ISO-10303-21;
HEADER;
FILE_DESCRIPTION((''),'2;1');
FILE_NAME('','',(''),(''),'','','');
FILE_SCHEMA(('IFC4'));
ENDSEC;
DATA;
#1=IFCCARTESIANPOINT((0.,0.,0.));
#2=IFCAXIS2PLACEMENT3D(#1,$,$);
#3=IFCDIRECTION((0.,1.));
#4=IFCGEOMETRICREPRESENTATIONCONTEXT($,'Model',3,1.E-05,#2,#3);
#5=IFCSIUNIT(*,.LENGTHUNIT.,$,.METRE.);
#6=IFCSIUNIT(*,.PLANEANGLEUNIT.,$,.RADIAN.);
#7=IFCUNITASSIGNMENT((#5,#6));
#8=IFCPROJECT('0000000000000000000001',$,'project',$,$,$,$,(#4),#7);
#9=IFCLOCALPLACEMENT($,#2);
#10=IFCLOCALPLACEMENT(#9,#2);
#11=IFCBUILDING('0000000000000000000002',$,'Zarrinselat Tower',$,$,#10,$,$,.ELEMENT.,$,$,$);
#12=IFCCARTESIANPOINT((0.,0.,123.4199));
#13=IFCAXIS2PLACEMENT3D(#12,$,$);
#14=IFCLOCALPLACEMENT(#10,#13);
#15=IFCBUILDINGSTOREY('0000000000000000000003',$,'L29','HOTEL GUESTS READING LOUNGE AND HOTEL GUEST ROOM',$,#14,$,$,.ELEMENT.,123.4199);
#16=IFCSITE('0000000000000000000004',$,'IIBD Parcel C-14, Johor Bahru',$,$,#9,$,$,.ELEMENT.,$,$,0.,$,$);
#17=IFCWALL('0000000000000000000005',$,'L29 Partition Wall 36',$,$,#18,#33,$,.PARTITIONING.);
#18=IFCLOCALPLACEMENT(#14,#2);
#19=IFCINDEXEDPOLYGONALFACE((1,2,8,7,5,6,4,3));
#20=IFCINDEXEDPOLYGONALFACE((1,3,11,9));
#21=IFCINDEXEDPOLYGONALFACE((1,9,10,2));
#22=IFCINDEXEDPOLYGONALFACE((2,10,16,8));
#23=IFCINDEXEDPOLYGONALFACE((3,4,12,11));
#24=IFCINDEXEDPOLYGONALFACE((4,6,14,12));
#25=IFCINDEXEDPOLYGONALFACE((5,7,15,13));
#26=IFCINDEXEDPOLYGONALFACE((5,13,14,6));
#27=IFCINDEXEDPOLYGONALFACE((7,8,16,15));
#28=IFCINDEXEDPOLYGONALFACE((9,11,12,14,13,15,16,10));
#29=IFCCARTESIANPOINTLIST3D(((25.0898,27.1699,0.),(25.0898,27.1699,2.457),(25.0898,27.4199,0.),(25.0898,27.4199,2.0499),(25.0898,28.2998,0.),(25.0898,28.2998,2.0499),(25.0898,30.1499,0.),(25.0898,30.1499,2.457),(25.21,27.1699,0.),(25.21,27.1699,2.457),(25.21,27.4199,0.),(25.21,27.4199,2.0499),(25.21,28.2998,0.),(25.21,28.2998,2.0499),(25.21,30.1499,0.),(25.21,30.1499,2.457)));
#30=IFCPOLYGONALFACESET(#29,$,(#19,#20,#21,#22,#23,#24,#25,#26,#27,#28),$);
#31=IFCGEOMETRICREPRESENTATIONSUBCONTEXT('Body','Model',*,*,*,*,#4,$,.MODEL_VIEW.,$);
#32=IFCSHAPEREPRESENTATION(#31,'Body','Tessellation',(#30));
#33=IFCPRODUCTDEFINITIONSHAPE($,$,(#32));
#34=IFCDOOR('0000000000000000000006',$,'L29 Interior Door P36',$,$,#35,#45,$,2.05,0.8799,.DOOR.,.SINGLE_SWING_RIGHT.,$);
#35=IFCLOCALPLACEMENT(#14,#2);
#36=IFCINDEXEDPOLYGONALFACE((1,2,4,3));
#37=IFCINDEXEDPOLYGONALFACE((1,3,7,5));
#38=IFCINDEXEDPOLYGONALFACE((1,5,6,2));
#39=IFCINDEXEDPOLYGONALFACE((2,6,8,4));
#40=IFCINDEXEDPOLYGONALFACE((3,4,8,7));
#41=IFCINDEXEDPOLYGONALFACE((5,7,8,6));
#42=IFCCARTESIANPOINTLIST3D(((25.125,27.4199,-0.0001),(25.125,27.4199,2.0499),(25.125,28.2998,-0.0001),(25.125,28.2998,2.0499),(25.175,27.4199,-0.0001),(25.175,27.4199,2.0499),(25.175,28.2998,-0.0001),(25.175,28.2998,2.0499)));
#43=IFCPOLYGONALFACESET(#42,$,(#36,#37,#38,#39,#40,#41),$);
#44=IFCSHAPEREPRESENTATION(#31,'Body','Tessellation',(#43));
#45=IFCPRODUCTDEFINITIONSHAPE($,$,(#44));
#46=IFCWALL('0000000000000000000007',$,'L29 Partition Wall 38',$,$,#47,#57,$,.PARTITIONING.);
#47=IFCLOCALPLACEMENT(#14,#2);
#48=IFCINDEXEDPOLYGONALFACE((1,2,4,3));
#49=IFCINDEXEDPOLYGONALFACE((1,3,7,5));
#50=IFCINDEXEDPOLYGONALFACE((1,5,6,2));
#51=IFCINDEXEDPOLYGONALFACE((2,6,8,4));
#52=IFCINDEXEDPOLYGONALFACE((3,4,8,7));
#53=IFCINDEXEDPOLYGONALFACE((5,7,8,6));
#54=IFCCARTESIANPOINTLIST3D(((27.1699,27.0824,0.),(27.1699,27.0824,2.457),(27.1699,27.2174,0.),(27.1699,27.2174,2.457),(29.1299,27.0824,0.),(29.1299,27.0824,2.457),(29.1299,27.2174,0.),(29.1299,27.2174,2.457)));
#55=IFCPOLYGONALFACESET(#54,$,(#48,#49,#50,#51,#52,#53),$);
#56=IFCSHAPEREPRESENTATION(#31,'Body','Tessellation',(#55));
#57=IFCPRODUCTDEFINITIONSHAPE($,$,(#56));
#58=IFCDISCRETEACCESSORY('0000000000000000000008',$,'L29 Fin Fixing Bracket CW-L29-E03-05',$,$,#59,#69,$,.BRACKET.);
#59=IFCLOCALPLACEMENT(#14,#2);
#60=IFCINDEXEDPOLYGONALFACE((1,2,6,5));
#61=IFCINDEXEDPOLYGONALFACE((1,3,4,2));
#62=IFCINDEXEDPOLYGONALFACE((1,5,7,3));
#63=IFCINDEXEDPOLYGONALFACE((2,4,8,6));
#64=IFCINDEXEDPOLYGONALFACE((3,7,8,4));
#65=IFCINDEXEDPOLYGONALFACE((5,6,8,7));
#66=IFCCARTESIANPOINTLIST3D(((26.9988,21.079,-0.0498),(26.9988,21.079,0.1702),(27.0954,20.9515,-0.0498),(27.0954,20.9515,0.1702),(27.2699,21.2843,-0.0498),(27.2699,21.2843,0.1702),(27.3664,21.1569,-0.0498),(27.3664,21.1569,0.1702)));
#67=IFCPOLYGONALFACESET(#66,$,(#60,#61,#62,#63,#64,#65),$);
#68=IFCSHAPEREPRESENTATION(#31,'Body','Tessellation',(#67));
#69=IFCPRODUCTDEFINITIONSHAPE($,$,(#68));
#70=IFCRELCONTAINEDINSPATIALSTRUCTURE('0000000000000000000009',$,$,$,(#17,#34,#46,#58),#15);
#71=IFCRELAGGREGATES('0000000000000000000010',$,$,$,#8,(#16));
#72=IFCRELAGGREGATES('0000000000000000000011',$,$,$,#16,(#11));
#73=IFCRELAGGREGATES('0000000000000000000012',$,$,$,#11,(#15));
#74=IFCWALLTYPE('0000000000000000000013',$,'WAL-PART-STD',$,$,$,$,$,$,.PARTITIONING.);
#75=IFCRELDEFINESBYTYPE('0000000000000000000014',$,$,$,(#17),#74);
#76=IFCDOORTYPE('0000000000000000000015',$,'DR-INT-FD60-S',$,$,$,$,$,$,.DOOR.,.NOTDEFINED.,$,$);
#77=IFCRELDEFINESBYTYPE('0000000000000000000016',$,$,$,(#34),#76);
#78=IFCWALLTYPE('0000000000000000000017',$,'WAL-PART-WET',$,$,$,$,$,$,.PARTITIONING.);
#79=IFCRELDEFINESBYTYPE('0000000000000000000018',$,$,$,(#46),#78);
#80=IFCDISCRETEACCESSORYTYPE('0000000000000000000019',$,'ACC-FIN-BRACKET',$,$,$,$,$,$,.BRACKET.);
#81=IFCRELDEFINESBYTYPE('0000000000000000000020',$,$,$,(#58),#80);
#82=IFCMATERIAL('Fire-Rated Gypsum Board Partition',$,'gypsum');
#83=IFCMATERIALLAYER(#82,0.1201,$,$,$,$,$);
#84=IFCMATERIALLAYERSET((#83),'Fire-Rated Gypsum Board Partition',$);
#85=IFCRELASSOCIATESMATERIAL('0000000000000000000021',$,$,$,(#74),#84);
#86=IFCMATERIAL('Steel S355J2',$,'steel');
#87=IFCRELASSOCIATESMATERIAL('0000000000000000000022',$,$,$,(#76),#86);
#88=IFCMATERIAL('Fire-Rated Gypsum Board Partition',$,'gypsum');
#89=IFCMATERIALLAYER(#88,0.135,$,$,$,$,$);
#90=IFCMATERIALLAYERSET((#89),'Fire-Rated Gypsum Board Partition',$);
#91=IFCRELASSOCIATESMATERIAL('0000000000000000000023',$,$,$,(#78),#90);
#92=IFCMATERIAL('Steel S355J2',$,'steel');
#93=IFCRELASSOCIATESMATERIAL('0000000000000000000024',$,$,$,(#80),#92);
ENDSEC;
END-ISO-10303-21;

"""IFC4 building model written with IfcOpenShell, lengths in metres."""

from ifc_helpers import new_model, si_unit, direction, frame, frame_2d, origin, origin_2d, place, context, subcontext, project, spatial, rectangle, extrude, material, layer, layer_set, type_object, element, fill, save


model = new_model("IFC4")

# Units and contexts
model_context = context("Model", 3, precision=1e-05, world=origin(), true_north=direction((0.0, 1.0)))
body_context = subcontext(model_context, "Body", "Model", "MODEL_VIEW")
ifc_project = project(units=[si_unit("LENGTHUNIT", "METRE"), si_unit("PLANEANGLEUNIT", "RADIAN")], contexts=[model_context])

# Site, building, storey
site_placement = place(None, origin())
site = spatial("IfcSite", under=ifc_project, at=site_placement, Name="IIBD Parcel C-14, Johor Bahru", CompositionType="ELEMENT", RefElevation=0.0)
building_placement = place(site_placement, origin())
building = spatial("IfcBuilding", under=site, at=building_placement, Name="Zarrinselat Tower", CompositionType="ELEMENT")
storey_placement = place(building_placement, frame((0.0, 0.0, 123.4199)))
storey = spatial("IfcBuildingStorey", under=building, at=storey_placement, Name="L29", Description="HOTEL GUESTS READING LOUNGE AND HOTEL GUEST ROOM", CompositionType="ELEMENT", Elevation=123.4199)

# Shared definitions
ifc_material_1 = material(Name="Fire-Rated Gypsum Board Partition", Category="gypsum")
ifc_layer_1 = layer(ifc_material_1, 0.1201)
ifc_layer_set_1 = layer_set([ifc_layer_1], Name="Fire-Rated Gypsum Board Partition")
wall_type_1 = type_object("IfcWallType", Name="WAL-PART-STD", PredefinedType="PARTITIONING", material=ifc_layer_set_1)

# Wall, opening, door
wall_1_placement = place(storey_placement, frame((25.1499, 27.1699, 0.0), z_axis=(0.0, 0.0, 1.0), x_axis=(0.0, 1.0, 0.0)))
wall_1 = element("IfcWall", 1, at=wall_1_placement, inside=storey, type_object=wall_type_1, Name="L29 Partition Wall 36", PredefinedType="PARTITIONING", context=body_context, shape_type="SweptSolid", body=[
    extrude(rectangle(XDim=2.98, YDim=0.1201, at=frame_2d((1.49, 0.0))), origin(), (0.0, 0.0, 1.0), 2.457),
])
opening_placement = place(wall_1_placement, frame((0.25, 0.0, 0.0)))
opening = element("IfcOpeningElement", 2, at=opening_placement, cuts=wall_1, PredefinedType="OPENING", context=body_context, shape_type="SweptSolid", body=[
    extrude(rectangle(XDim=0.8799, YDim=2.05, at=frame_2d((0.4399, 1.0249))), frame((0.0, 0.0701, 0.0), z_axis=(0.0, -1.0, 0.0), x_axis=(1.0, 0.0, 0.0)), (0.0, 0.0, 1.0), 0.1401),
])
ifc_material_2 = material(Name="Steel S355J2", Category="steel")
door_type = type_object("IfcDoorType", Name="DR-INT-FD60-S", OperationType="NOTDEFINED", PredefinedType="DOOR", material=ifc_material_2)
door_placement = place(opening_placement, origin())
door = element("IfcDoor", 3, at=door_placement, inside=storey, type_object=door_type, Name="L29 Interior Door P36", OperationType="SINGLE_SWING_RIGHT", OverallHeight=2.05, OverallWidth=0.8799, PredefinedType="DOOR", context=body_context, shape_type="SweptSolid", body=[
    extrude(rectangle(XDim=0.8799, YDim=2.05, at=frame_2d((0.4399, 1.0249))), frame((0.0, 0.0249, 0.0), z_axis=(0.0, -1.0, 0.0), x_axis=(1.0, 0.0, 0.0)), (0.0, 0.0, 1.0), 0.05),
])
fill(opening, door)

# Wall
ifc_material_3 = material(Name="Fire-Rated Gypsum Board Partition", Category="gypsum")
ifc_layer_2 = layer(ifc_material_3, 0.135)
ifc_layer_set_2 = layer_set([ifc_layer_2], Name="Fire-Rated Gypsum Board Partition")
wall_type_2 = type_object("IfcWallType", Name="WAL-PART-WET", PredefinedType="PARTITIONING", material=ifc_layer_set_2)
wall_2_placement = place(storey_placement, frame((27.1699, 27.1499, 0.0), z_axis=(0.0, 0.0, 1.0), x_axis=(1.0, 0.0, 0.0)))
element("IfcWall", 4, at=wall_2_placement, inside=storey, type_object=wall_type_2, Name="L29 Partition Wall 38", PredefinedType="PARTITIONING", context=body_context, shape_type="SweptSolid", body=[
    extrude(rectangle(XDim=1.96, YDim=0.135, at=frame_2d((0.98, 0.0))), origin(), (0.0, 0.0, 1.0), 2.457),
])

# Discrete accessory
ifc_material_4 = material(Name="Steel S355J2", Category="steel")
discrete_accessory_type = type_object("IfcDiscreteAccessoryType", Name="ACC-FIN-BRACKET", PredefinedType="BRACKET", material=ifc_material_4)
discrete_accessory_placement = place(storey_placement, frame((27.1826, 21.1179, -0.0498), z_axis=(0.0, 0.0, 1.0), x_axis=(-0.797092, -0.603858, 0.0)))
element("IfcDiscreteAccessory", 5, at=discrete_accessory_placement, inside=storey, type_object=discrete_accessory_type, Name="L29 Fin Fixing Bracket CW-L29-E03-05", PredefinedType="BRACKET", context=body_context, shape_type="SweptSolid", body=[
    extrude(rectangle(XDim=0.3401, YDim=0.1599, at=origin_2d()), origin(), (0.0, 0.0, 1.0), 0.22),
])

save(model, "model.ifc")
